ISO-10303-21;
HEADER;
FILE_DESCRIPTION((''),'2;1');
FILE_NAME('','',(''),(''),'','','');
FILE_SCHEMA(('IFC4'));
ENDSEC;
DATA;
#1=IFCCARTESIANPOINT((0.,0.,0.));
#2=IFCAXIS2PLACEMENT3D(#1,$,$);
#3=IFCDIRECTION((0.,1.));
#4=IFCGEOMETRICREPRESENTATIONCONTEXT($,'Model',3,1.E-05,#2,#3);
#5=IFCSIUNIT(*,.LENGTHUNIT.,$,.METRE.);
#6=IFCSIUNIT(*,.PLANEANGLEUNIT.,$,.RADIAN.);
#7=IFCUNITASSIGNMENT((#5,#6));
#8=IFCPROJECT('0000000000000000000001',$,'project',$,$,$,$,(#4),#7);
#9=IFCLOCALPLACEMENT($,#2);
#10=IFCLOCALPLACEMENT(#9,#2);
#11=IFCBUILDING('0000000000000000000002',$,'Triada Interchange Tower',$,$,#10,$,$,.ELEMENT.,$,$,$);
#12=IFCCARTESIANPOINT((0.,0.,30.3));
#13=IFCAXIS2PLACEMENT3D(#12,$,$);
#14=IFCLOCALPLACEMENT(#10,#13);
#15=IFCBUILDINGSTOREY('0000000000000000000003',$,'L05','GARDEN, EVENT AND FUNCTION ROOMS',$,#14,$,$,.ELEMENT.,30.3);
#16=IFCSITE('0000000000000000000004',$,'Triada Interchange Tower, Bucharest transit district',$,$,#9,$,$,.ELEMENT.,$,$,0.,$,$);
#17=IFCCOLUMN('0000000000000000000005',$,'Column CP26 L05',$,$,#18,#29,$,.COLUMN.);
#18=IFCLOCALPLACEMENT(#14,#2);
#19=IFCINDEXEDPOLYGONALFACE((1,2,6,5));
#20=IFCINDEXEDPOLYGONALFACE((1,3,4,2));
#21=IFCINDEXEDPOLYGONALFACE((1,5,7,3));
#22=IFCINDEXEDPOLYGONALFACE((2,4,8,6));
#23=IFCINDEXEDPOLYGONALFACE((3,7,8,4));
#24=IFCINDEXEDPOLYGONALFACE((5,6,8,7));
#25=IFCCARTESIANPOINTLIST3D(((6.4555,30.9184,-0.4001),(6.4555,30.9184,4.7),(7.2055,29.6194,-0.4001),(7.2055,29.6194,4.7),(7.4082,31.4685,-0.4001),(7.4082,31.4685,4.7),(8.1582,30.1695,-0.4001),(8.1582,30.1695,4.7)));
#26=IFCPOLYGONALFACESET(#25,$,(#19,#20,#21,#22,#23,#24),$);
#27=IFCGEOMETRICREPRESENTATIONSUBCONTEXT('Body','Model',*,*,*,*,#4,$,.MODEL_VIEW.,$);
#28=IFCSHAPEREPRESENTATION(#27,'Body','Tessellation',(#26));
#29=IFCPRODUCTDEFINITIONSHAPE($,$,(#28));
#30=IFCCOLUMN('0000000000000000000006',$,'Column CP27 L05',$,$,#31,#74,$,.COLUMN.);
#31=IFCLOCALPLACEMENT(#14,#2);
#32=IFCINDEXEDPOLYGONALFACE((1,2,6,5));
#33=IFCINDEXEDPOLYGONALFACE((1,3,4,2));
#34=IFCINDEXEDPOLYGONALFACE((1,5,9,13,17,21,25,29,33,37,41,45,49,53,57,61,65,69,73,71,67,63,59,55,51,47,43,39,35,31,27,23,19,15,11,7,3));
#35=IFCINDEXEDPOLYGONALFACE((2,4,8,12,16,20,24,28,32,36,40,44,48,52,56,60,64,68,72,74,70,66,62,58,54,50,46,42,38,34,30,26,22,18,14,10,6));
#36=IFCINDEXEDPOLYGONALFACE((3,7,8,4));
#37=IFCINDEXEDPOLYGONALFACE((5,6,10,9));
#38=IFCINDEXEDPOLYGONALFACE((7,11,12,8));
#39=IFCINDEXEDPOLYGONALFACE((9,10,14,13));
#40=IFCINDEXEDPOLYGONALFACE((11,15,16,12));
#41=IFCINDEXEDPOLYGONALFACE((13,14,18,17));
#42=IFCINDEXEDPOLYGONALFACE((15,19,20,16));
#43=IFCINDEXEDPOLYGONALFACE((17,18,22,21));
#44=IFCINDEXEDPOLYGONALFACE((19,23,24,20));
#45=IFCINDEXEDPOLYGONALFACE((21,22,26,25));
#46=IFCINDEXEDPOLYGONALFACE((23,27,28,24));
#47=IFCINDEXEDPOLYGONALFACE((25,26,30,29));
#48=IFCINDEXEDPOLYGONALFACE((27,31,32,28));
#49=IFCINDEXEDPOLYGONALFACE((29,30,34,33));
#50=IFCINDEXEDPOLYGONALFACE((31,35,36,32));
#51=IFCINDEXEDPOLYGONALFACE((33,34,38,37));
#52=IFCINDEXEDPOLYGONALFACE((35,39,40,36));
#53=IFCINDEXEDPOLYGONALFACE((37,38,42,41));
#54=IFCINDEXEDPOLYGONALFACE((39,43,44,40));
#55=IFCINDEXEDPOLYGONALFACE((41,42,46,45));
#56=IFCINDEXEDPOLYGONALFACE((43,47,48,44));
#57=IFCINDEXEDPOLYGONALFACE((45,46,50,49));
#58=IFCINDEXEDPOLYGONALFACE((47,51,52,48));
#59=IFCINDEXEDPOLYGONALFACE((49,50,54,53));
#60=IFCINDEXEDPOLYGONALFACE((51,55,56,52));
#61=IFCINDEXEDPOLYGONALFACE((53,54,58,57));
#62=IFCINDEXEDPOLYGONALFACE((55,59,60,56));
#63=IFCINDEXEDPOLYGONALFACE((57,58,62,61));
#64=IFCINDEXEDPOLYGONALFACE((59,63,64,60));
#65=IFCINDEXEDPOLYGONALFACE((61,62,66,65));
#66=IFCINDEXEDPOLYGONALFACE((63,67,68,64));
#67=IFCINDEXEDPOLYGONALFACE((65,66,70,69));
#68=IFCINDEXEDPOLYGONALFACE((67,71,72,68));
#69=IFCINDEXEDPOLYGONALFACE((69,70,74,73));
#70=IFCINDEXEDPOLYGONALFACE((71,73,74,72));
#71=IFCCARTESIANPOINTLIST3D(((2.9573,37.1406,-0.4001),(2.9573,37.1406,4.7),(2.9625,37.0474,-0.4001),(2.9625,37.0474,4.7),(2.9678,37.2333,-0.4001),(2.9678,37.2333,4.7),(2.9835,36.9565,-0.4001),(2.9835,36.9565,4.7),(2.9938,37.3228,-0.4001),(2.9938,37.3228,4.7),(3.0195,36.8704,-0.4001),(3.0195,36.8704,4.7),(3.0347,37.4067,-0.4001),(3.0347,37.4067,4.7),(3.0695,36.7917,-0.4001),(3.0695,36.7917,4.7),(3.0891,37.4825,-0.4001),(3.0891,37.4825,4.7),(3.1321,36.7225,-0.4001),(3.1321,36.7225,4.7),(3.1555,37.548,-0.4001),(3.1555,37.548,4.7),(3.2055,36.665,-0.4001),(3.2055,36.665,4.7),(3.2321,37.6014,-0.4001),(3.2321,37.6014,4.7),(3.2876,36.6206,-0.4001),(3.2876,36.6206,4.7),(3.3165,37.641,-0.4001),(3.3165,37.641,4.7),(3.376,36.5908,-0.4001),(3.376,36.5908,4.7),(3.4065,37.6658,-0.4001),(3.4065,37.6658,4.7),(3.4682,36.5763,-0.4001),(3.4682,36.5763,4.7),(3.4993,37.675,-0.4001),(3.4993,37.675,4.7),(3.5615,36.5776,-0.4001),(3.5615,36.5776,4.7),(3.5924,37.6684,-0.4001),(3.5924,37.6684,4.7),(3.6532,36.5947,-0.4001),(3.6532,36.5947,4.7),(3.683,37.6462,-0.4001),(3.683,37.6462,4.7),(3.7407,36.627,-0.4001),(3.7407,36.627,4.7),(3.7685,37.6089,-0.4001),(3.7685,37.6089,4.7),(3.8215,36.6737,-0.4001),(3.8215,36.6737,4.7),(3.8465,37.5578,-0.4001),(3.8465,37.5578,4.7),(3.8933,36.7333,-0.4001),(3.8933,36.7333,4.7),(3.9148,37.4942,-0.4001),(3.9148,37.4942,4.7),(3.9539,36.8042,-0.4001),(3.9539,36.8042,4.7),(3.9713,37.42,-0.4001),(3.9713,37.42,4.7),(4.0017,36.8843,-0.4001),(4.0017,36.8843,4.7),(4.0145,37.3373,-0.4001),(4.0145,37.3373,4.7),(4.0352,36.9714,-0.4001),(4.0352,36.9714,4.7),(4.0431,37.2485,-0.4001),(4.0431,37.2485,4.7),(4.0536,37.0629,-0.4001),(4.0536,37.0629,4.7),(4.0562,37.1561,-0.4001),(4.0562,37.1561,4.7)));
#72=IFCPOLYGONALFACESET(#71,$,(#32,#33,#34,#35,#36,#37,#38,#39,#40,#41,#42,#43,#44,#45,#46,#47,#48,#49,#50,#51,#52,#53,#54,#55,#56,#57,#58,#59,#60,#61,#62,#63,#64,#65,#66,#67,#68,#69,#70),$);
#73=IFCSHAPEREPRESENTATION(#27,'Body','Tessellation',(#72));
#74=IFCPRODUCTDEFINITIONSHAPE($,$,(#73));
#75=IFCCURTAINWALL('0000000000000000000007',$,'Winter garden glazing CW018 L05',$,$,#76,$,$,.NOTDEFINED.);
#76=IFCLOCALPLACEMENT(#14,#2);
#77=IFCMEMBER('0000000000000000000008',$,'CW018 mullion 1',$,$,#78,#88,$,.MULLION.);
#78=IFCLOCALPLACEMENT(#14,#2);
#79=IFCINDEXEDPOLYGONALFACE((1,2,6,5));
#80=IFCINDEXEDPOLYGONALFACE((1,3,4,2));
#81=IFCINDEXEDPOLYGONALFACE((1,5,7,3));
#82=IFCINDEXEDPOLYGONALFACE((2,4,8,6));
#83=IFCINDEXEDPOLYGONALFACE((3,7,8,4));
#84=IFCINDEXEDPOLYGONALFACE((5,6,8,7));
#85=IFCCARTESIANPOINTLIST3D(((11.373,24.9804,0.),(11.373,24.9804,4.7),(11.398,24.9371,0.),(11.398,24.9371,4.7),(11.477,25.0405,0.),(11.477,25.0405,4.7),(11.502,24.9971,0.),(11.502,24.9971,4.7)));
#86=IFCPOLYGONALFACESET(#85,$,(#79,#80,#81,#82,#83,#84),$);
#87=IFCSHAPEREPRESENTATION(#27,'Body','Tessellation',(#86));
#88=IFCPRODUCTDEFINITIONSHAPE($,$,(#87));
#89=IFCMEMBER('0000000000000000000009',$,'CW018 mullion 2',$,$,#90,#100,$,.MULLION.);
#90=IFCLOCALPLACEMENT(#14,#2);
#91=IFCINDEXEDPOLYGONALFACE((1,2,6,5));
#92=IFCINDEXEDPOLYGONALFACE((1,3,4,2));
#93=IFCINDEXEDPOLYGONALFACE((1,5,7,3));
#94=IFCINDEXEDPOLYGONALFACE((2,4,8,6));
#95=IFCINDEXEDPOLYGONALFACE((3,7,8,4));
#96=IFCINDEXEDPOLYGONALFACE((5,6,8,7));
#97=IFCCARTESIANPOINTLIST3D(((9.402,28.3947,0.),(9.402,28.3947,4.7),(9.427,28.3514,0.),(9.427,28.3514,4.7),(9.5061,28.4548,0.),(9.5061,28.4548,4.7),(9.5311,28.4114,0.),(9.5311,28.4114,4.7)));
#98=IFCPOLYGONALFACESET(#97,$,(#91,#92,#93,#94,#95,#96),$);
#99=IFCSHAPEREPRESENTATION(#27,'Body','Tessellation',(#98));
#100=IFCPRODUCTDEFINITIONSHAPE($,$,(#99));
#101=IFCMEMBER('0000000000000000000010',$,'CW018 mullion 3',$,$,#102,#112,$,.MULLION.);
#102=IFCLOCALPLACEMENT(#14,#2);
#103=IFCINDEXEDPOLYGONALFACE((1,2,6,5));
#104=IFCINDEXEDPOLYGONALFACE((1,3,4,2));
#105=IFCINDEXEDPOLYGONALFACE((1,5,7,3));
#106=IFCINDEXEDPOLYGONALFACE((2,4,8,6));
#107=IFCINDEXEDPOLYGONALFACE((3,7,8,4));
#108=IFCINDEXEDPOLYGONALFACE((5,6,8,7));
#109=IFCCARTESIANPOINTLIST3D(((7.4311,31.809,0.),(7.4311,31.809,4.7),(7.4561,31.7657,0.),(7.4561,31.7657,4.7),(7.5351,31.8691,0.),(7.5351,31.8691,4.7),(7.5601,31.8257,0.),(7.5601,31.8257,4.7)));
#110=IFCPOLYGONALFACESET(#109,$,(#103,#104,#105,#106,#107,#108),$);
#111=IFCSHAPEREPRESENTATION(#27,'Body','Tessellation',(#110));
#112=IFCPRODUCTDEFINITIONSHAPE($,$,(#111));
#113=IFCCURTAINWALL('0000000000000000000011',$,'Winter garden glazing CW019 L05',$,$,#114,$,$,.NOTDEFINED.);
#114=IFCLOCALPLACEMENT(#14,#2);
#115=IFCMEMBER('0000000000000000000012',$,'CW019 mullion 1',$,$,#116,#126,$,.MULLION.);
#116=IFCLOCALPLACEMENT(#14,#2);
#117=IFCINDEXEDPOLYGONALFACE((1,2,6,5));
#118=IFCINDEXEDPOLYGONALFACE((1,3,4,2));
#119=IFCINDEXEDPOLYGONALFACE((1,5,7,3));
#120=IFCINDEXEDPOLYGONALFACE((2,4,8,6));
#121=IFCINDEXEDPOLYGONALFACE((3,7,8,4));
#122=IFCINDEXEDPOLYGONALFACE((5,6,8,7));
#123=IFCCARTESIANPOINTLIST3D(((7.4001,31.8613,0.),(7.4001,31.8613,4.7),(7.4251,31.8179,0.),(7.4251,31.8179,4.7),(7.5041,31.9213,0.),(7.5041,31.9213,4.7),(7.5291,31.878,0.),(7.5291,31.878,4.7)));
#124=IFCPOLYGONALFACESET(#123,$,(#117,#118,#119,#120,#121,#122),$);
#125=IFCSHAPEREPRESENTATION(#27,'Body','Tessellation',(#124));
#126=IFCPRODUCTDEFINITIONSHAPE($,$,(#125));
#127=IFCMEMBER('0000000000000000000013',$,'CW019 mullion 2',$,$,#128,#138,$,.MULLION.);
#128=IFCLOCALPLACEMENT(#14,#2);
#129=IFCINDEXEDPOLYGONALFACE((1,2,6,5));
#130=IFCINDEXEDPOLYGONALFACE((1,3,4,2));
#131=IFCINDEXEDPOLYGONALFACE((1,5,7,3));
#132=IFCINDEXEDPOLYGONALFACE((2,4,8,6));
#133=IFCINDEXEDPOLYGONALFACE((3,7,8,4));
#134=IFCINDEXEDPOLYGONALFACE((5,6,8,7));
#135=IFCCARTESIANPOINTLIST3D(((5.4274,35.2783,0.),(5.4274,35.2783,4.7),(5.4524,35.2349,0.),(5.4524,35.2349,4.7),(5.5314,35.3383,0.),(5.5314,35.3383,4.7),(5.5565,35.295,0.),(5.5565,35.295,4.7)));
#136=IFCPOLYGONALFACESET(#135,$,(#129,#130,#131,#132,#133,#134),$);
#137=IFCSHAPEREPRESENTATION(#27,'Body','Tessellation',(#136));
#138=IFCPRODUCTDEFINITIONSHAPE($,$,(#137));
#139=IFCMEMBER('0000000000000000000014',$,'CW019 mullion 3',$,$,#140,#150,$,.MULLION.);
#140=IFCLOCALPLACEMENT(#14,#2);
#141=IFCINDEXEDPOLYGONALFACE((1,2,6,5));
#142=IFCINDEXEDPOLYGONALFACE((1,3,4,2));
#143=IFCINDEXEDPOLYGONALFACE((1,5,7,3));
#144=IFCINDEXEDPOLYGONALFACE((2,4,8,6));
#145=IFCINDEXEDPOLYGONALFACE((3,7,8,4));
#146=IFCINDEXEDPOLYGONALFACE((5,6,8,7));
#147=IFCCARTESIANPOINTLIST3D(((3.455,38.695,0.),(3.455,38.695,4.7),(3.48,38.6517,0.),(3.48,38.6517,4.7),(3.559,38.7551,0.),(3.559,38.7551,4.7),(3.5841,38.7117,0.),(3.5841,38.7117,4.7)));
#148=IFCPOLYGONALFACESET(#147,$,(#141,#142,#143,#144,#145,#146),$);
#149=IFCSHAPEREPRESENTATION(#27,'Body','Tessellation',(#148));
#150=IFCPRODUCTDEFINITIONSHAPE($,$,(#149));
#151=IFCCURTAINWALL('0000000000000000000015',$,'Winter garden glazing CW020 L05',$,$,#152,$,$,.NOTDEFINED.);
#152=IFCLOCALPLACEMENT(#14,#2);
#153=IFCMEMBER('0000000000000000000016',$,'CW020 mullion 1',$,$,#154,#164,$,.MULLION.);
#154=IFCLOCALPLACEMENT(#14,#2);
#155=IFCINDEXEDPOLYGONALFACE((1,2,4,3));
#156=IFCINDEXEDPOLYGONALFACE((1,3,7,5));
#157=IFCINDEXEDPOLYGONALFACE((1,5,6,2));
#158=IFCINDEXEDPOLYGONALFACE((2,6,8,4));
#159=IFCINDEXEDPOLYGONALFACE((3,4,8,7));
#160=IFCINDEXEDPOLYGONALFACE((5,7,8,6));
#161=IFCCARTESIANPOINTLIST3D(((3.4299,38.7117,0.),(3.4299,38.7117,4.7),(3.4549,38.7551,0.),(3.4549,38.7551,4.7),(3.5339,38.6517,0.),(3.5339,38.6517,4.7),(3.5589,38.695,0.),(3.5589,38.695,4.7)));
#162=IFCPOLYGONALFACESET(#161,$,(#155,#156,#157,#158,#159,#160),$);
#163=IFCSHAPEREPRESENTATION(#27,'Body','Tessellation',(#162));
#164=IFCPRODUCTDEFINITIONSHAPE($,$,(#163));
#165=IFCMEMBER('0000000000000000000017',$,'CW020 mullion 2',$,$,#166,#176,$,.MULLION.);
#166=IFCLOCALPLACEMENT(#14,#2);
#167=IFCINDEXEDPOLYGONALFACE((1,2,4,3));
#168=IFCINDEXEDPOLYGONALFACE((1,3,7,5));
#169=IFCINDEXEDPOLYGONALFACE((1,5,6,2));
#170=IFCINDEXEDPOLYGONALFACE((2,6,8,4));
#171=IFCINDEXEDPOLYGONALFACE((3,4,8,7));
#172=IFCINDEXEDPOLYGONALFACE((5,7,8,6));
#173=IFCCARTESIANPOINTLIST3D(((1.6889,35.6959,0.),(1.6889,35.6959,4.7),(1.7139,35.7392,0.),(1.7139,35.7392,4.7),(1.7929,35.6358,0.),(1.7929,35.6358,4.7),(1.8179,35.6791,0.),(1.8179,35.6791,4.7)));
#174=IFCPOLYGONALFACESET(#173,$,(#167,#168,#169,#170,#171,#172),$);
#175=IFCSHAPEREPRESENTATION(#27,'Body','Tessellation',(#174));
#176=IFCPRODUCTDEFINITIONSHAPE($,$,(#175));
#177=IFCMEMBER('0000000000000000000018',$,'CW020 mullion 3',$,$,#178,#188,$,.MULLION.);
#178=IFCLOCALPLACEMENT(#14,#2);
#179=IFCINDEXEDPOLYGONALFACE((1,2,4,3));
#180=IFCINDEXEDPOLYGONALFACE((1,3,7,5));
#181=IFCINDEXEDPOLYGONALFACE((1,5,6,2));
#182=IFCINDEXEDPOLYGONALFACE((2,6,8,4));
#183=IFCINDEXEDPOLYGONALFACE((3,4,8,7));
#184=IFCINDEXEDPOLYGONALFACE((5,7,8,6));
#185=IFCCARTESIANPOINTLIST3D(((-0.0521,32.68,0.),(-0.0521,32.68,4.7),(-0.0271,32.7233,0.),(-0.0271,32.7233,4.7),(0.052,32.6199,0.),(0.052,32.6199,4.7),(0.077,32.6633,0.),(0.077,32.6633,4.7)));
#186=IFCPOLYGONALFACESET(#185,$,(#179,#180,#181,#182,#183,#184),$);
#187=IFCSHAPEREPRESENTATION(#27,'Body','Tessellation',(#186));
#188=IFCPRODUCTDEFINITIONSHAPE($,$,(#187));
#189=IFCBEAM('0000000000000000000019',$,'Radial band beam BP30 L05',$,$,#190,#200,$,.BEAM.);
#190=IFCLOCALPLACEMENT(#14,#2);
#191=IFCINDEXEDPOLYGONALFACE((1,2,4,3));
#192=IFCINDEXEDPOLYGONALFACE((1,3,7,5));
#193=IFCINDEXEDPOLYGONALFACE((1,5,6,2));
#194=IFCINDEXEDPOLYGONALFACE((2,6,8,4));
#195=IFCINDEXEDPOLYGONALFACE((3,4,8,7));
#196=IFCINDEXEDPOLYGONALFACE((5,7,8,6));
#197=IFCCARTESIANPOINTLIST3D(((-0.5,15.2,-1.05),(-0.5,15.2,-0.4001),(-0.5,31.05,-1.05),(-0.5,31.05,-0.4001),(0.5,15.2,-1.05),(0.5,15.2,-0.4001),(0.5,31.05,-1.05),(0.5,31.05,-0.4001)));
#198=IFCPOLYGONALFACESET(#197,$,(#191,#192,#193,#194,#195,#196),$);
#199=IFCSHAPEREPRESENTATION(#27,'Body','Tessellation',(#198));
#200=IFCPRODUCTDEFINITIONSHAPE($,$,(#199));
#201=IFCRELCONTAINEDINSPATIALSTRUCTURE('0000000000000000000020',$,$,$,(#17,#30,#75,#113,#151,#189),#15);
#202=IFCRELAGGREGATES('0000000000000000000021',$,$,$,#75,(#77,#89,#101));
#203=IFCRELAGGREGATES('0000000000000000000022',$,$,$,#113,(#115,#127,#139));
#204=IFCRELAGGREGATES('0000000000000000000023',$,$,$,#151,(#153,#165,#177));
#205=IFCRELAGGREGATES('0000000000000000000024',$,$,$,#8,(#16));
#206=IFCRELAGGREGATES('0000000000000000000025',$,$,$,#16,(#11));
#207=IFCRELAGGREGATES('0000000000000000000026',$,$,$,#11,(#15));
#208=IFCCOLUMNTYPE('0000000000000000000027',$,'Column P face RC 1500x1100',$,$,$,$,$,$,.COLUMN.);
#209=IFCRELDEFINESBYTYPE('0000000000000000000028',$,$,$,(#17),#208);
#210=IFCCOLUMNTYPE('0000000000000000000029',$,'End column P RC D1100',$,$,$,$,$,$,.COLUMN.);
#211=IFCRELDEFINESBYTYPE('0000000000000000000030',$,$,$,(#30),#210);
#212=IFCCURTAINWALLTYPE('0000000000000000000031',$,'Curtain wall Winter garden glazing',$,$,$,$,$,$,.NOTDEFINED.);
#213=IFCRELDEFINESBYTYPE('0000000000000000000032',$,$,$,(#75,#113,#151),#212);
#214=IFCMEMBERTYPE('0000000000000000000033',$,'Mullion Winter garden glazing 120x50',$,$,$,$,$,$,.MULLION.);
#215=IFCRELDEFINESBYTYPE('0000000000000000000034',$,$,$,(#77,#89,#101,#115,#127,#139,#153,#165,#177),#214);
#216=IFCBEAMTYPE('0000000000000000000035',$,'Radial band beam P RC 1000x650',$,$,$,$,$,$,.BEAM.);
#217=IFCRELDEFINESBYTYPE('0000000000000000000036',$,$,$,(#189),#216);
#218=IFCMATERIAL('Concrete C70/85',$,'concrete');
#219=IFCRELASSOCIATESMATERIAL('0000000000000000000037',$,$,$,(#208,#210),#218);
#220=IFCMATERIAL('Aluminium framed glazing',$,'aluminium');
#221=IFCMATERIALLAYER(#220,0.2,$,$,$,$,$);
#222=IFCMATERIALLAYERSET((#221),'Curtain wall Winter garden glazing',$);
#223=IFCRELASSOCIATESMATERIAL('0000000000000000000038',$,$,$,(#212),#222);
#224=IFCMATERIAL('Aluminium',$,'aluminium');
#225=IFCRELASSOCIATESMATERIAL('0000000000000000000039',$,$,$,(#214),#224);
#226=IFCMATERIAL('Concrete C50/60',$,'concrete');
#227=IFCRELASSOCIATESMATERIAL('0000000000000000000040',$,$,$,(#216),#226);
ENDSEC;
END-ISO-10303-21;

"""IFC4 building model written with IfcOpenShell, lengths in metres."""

from ifc_helpers import new_model, si_unit, direction, frame, origin, origin_2d, place, context, subcontext, project, spatial, rectangle, circle, extrude, material, layer, layer_set, material_profile, profile_set, type_object, element, aggregate, save


model = new_model("IFC4")

# Units and contexts
model_context = context("Model", 3, precision=1e-05, world=origin(), true_north=direction((0.0, 1.0)))
body_context = subcontext(model_context, "Body", "Model", "MODEL_VIEW")
ifc_project = project(units=[si_unit("LENGTHUNIT", "METRE"), si_unit("PLANEANGLEUNIT", "RADIAN")], contexts=[model_context])

# Site, building, storey
site_placement = place(None, origin())
site = spatial("IfcSite", under=ifc_project, at=site_placement, Name="Triada Interchange Tower, Bucharest transit district", CompositionType="ELEMENT", RefElevation=0.0)
building_placement = place(site_placement, origin())
building = spatial("IfcBuilding", under=site, at=building_placement, Name="Triada Interchange Tower", CompositionType="ELEMENT")
storey_placement = place(building_placement, frame((0.0, 0.0, 30.3)))
storey = spatial("IfcBuildingStorey", under=building, at=storey_placement, Name="L05", Description="GARDEN, EVENT AND FUNCTION ROOMS", CompositionType="ELEMENT", Elevation=30.3)

# Columns
ifc_material_1 = material(Name="Concrete C70/85", Category="concrete")
ifc_material_profile_1 = material_profile(ifc_material_1, rectangle(XDim=1.5, YDim=1.1001, at=origin_2d()), Name="RC 1500x1100")
ifc_profile_set_1 = profile_set([ifc_material_profile_1], Name="Concrete C70/85")
column_type_1 = type_object("IfcColumnType", Name="Column P face RC 1500x1100", PredefinedType="COLUMN", material=ifc_profile_set_1)
column_1_placement = place(storey_placement, frame((7.3069, 30.5439, -0.4001), z_axis=(0.0, 0.0, 1.0), x_axis=(-0.5, 0.866025, 0.0)))
element("IfcColumn", 1, at=column_1_placement, inside=storey, type_object=column_type_1, Name="Column CP26 L05", PredefinedType="COLUMN", context=body_context, shape_type="SweptSolid", body=[
    extrude(rectangle(XDim=1.5, YDim=1.1001, at=origin_2d()), origin(), (0.0, 0.0, 1.0), 5.1001),
])
ifc_material_profile_2 = material_profile(ifc_material_1, circle(Radius=0.55, at=origin_2d()), Name="RC D1100")
ifc_profile_set_2 = profile_set([ifc_material_profile_2], Name="Concrete C70/85")
column_type_2 = type_object("IfcColumnType", Name="End column P RC D1100", PredefinedType="COLUMN", material=ifc_profile_set_2)
column_2_placement = place(storey_placement, frame((3.5071, 37.125, -0.4001), z_axis=(0.0, 0.0, 1.0), x_axis=(-0.5, 0.866025, 0.0)))
element("IfcColumn", 2, at=column_2_placement, inside=storey, type_object=column_type_2, Name="Column CP27 L05", PredefinedType="COLUMN", context=body_context, shape_type="SweptSolid", body=[
    extrude(circle(Radius=0.55, at=origin_2d()), origin(), (0.0, 0.0, 1.0), 5.1001),
])

# Curtain walls, members
ifc_material_2 = material(Name="Aluminium framed glazing", Category="aluminium")
ifc_layer_1 = layer(ifc_material_2, 0.2)
ifc_layer_set_1 = layer_set([ifc_layer_1], Name="Curtain wall Winter garden glazing")
curtain_wall_type = type_object("IfcCurtainWallType", Name="Curtain wall Winter garden glazing", PredefinedType="NOTDEFINED", material=ifc_layer_set_1)
curtain_wall_1_placement = place(storey_placement, origin())
curtain_wall_1 = element("IfcCurtainWall", 3, at=curtain_wall_1_placement, inside=storey, type_object=curtain_wall_type, Name="Winter garden glazing CW018 L05", PredefinedType="NOTDEFINED")
ifc_material_3 = material(Name="Aluminium", Category="aluminium")
ifc_material_profile_3 = material_profile(ifc_material_3, rectangle(XDim=0.1201, YDim=0.05, at=origin_2d()), Name="Aluminium mullion")
ifc_profile_set_3 = profile_set([ifc_material_profile_3], Name="Aluminium")
member_type_1 = type_object("IfcMemberType", Name="Mullion Winter garden glazing 120x50", PredefinedType="MULLION", material=ifc_profile_set_3)
member_1_placement = place(storey_placement, frame((11.4375, 24.9888, 0.0), z_axis=(0.0, 0.0, 1.0), x_axis=(-0.866055, -0.499948, 0.0)))
member_1 = element("IfcMember", 4, at=member_1_placement, type_object=member_type_1, Name="CW018 mullion 1", PredefinedType="MULLION", context=body_context, shape_type="SweptSolid", body=[
    extrude(rectangle(XDim=0.1201, YDim=0.05, at=origin_2d()), origin(), (0.0, 0.0, 1.0), 4.7),
])
member_2_placement = place(storey_placement, frame((9.4666, 28.4031, 0.0), z_axis=(0.0, 0.0, 1.0), x_axis=(-0.866055, -0.499948, 0.0)))
member_2 = element("IfcMember", 5, at=member_2_placement, type_object=member_type_1, Name="CW018 mullion 2", PredefinedType="MULLION", context=body_context, shape_type="SweptSolid", body=[
    extrude(rectangle(XDim=0.1201, YDim=0.05, at=origin_2d()), origin(), (0.0, 0.0, 1.0), 4.7),
])
member_3_placement = place(storey_placement, frame((7.4956, 31.8174, 0.0), z_axis=(0.0, 0.0, 1.0), x_axis=(-0.866055, -0.499948, 0.0)))
member_3 = element("IfcMember", 6, at=member_3_placement, type_object=member_type_1, Name="CW018 mullion 3", PredefinedType="MULLION", context=body_context, shape_type="SweptSolid", body=[
    extrude(rectangle(XDim=0.1201, YDim=0.05, at=origin_2d()), origin(), (0.0, 0.0, 1.0), 4.7),
])
curtain_wall_2_placement = place(storey_placement, origin())
curtain_wall_2 = element("IfcCurtainWall", 7, at=curtain_wall_2_placement, inside=storey, type_object=curtain_wall_type, Name="Winter garden glazing CW019 L05", PredefinedType="NOTDEFINED")
member_4_placement = place(storey_placement, frame((7.4646, 31.8696, 0.0), z_axis=(0.0, 0.0, 1.0), x_axis=(-0.866049, -0.499959, 0.0)))
member_4 = element("IfcMember", 8, at=member_4_placement, type_object=member_type_1, Name="CW019 mullion 1", PredefinedType="MULLION", context=body_context, shape_type="SweptSolid", body=[
    extrude(rectangle(XDim=0.1201, YDim=0.05, at=origin_2d()), origin(), (0.0, 0.0, 1.0), 4.7),
])
member_5_placement = place(storey_placement, frame((5.4919, 35.2866, 0.0), z_axis=(0.0, 0.0, 1.0), x_axis=(-0.866049, -0.499959, 0.0)))
member_5 = element("IfcMember", 9, at=member_5_placement, type_object=member_type_1, Name="CW019 mullion 2", PredefinedType="MULLION", context=body_context, shape_type="SweptSolid", body=[
    extrude(rectangle(XDim=0.1201, YDim=0.05, at=origin_2d()), origin(), (0.0, 0.0, 1.0), 4.7),
])
member_6_placement = place(storey_placement, frame((3.5195, 38.7034, 0.0), z_axis=(0.0, 0.0, 1.0), x_axis=(-0.866049, -0.499959, 0.0)))
member_6 = element("IfcMember", 10, at=member_6_placement, type_object=member_type_1, Name="CW019 mullion 3", PredefinedType="MULLION", context=body_context, shape_type="SweptSolid", body=[
    extrude(rectangle(XDim=0.1201, YDim=0.05, at=origin_2d()), origin(), (0.0, 0.0, 1.0), 4.7),
])
curtain_wall_3_placement = place(storey_placement, origin())
curtain_wall_3 = element("IfcCurtainWall", 11, at=curtain_wall_3_placement, inside=storey, type_object=curtain_wall_type, Name="Winter garden glazing CW020 L05", PredefinedType="NOTDEFINED")
member_7_placement = place(storey_placement, frame((3.4944, 38.7034, 0.0), z_axis=(0.0, 0.0, 1.0), x_axis=(0.86605, -0.499957, 0.0)))
member_7 = element("IfcMember", 12, at=member_7_placement, type_object=member_type_1, Name="CW020 mullion 1", PredefinedType="MULLION", context=body_context, shape_type="SweptSolid", body=[
    extrude(rectangle(XDim=0.1201, YDim=0.05, at=origin_2d()), origin(), (0.0, 0.0, 1.0), 4.7),
])
member_8_placement = place(storey_placement, frame((1.7534, 35.6875, 0.0), z_axis=(0.0, 0.0, 1.0), x_axis=(0.86605, -0.499957, 0.0)))
member_8 = element("IfcMember", 13, at=member_8_placement, type_object=member_type_1, Name="CW020 mullion 2", PredefinedType="MULLION", context=body_context, shape_type="SweptSolid", body=[
    extrude(rectangle(XDim=0.1201, YDim=0.05, at=origin_2d()), origin(), (0.0, 0.0, 1.0), 4.7),
])
member_9_placement = place(storey_placement, frame((0.0125, 32.6716, 0.0), z_axis=(0.0, 0.0, 1.0), x_axis=(0.86605, -0.499957, 0.0)))
member_9 = element("IfcMember", 14, at=member_9_placement, type_object=member_type_1, Name="CW020 mullion 3", PredefinedType="MULLION", context=body_context, shape_type="SweptSolid", body=[
    extrude(rectangle(XDim=0.1201, YDim=0.05, at=origin_2d()), origin(), (0.0, 0.0, 1.0), 4.7),
])

# Beam
ifc_material_4 = material(Name="Concrete C50/60", Category="concrete")
ifc_material_profile_4 = material_profile(ifc_material_4, rectangle(XDim=1.0, YDim=0.6499, at=origin_2d()), Name="RC 1000x650")
ifc_profile_set_4 = profile_set([ifc_material_profile_4], Name="Concrete C50/60")
beam_type_1 = type_object("IfcBeamType", Name="Radial band beam P RC 1000x650", PredefinedType="BEAM", material=ifc_profile_set_4)
beam_1_placement = place(storey_placement, frame((0.0, 31.05, -0.7251), z_axis=(0.0, -1.0, 0.0), x_axis=(1.0, 0.0, 0.0)))
element("IfcBeam", 15, at=beam_1_placement, inside=storey, type_object=beam_type_1, Name="Radial band beam BP30 L05", PredefinedType="BEAM", context=body_context, shape_type="SweptSolid", body=[
    extrude(rectangle(XDim=1.0, YDim=0.6499, at=origin_2d()), origin(), (0.0, 0.0, 1.0), 15.8501),
])

aggregate(curtain_wall_1, [member_1, member_2, member_3])
aggregate(curtain_wall_2, [member_4, member_5, member_6])
aggregate(curtain_wall_3, [member_7, member_8, member_9])

save(model, "model.ifc")
